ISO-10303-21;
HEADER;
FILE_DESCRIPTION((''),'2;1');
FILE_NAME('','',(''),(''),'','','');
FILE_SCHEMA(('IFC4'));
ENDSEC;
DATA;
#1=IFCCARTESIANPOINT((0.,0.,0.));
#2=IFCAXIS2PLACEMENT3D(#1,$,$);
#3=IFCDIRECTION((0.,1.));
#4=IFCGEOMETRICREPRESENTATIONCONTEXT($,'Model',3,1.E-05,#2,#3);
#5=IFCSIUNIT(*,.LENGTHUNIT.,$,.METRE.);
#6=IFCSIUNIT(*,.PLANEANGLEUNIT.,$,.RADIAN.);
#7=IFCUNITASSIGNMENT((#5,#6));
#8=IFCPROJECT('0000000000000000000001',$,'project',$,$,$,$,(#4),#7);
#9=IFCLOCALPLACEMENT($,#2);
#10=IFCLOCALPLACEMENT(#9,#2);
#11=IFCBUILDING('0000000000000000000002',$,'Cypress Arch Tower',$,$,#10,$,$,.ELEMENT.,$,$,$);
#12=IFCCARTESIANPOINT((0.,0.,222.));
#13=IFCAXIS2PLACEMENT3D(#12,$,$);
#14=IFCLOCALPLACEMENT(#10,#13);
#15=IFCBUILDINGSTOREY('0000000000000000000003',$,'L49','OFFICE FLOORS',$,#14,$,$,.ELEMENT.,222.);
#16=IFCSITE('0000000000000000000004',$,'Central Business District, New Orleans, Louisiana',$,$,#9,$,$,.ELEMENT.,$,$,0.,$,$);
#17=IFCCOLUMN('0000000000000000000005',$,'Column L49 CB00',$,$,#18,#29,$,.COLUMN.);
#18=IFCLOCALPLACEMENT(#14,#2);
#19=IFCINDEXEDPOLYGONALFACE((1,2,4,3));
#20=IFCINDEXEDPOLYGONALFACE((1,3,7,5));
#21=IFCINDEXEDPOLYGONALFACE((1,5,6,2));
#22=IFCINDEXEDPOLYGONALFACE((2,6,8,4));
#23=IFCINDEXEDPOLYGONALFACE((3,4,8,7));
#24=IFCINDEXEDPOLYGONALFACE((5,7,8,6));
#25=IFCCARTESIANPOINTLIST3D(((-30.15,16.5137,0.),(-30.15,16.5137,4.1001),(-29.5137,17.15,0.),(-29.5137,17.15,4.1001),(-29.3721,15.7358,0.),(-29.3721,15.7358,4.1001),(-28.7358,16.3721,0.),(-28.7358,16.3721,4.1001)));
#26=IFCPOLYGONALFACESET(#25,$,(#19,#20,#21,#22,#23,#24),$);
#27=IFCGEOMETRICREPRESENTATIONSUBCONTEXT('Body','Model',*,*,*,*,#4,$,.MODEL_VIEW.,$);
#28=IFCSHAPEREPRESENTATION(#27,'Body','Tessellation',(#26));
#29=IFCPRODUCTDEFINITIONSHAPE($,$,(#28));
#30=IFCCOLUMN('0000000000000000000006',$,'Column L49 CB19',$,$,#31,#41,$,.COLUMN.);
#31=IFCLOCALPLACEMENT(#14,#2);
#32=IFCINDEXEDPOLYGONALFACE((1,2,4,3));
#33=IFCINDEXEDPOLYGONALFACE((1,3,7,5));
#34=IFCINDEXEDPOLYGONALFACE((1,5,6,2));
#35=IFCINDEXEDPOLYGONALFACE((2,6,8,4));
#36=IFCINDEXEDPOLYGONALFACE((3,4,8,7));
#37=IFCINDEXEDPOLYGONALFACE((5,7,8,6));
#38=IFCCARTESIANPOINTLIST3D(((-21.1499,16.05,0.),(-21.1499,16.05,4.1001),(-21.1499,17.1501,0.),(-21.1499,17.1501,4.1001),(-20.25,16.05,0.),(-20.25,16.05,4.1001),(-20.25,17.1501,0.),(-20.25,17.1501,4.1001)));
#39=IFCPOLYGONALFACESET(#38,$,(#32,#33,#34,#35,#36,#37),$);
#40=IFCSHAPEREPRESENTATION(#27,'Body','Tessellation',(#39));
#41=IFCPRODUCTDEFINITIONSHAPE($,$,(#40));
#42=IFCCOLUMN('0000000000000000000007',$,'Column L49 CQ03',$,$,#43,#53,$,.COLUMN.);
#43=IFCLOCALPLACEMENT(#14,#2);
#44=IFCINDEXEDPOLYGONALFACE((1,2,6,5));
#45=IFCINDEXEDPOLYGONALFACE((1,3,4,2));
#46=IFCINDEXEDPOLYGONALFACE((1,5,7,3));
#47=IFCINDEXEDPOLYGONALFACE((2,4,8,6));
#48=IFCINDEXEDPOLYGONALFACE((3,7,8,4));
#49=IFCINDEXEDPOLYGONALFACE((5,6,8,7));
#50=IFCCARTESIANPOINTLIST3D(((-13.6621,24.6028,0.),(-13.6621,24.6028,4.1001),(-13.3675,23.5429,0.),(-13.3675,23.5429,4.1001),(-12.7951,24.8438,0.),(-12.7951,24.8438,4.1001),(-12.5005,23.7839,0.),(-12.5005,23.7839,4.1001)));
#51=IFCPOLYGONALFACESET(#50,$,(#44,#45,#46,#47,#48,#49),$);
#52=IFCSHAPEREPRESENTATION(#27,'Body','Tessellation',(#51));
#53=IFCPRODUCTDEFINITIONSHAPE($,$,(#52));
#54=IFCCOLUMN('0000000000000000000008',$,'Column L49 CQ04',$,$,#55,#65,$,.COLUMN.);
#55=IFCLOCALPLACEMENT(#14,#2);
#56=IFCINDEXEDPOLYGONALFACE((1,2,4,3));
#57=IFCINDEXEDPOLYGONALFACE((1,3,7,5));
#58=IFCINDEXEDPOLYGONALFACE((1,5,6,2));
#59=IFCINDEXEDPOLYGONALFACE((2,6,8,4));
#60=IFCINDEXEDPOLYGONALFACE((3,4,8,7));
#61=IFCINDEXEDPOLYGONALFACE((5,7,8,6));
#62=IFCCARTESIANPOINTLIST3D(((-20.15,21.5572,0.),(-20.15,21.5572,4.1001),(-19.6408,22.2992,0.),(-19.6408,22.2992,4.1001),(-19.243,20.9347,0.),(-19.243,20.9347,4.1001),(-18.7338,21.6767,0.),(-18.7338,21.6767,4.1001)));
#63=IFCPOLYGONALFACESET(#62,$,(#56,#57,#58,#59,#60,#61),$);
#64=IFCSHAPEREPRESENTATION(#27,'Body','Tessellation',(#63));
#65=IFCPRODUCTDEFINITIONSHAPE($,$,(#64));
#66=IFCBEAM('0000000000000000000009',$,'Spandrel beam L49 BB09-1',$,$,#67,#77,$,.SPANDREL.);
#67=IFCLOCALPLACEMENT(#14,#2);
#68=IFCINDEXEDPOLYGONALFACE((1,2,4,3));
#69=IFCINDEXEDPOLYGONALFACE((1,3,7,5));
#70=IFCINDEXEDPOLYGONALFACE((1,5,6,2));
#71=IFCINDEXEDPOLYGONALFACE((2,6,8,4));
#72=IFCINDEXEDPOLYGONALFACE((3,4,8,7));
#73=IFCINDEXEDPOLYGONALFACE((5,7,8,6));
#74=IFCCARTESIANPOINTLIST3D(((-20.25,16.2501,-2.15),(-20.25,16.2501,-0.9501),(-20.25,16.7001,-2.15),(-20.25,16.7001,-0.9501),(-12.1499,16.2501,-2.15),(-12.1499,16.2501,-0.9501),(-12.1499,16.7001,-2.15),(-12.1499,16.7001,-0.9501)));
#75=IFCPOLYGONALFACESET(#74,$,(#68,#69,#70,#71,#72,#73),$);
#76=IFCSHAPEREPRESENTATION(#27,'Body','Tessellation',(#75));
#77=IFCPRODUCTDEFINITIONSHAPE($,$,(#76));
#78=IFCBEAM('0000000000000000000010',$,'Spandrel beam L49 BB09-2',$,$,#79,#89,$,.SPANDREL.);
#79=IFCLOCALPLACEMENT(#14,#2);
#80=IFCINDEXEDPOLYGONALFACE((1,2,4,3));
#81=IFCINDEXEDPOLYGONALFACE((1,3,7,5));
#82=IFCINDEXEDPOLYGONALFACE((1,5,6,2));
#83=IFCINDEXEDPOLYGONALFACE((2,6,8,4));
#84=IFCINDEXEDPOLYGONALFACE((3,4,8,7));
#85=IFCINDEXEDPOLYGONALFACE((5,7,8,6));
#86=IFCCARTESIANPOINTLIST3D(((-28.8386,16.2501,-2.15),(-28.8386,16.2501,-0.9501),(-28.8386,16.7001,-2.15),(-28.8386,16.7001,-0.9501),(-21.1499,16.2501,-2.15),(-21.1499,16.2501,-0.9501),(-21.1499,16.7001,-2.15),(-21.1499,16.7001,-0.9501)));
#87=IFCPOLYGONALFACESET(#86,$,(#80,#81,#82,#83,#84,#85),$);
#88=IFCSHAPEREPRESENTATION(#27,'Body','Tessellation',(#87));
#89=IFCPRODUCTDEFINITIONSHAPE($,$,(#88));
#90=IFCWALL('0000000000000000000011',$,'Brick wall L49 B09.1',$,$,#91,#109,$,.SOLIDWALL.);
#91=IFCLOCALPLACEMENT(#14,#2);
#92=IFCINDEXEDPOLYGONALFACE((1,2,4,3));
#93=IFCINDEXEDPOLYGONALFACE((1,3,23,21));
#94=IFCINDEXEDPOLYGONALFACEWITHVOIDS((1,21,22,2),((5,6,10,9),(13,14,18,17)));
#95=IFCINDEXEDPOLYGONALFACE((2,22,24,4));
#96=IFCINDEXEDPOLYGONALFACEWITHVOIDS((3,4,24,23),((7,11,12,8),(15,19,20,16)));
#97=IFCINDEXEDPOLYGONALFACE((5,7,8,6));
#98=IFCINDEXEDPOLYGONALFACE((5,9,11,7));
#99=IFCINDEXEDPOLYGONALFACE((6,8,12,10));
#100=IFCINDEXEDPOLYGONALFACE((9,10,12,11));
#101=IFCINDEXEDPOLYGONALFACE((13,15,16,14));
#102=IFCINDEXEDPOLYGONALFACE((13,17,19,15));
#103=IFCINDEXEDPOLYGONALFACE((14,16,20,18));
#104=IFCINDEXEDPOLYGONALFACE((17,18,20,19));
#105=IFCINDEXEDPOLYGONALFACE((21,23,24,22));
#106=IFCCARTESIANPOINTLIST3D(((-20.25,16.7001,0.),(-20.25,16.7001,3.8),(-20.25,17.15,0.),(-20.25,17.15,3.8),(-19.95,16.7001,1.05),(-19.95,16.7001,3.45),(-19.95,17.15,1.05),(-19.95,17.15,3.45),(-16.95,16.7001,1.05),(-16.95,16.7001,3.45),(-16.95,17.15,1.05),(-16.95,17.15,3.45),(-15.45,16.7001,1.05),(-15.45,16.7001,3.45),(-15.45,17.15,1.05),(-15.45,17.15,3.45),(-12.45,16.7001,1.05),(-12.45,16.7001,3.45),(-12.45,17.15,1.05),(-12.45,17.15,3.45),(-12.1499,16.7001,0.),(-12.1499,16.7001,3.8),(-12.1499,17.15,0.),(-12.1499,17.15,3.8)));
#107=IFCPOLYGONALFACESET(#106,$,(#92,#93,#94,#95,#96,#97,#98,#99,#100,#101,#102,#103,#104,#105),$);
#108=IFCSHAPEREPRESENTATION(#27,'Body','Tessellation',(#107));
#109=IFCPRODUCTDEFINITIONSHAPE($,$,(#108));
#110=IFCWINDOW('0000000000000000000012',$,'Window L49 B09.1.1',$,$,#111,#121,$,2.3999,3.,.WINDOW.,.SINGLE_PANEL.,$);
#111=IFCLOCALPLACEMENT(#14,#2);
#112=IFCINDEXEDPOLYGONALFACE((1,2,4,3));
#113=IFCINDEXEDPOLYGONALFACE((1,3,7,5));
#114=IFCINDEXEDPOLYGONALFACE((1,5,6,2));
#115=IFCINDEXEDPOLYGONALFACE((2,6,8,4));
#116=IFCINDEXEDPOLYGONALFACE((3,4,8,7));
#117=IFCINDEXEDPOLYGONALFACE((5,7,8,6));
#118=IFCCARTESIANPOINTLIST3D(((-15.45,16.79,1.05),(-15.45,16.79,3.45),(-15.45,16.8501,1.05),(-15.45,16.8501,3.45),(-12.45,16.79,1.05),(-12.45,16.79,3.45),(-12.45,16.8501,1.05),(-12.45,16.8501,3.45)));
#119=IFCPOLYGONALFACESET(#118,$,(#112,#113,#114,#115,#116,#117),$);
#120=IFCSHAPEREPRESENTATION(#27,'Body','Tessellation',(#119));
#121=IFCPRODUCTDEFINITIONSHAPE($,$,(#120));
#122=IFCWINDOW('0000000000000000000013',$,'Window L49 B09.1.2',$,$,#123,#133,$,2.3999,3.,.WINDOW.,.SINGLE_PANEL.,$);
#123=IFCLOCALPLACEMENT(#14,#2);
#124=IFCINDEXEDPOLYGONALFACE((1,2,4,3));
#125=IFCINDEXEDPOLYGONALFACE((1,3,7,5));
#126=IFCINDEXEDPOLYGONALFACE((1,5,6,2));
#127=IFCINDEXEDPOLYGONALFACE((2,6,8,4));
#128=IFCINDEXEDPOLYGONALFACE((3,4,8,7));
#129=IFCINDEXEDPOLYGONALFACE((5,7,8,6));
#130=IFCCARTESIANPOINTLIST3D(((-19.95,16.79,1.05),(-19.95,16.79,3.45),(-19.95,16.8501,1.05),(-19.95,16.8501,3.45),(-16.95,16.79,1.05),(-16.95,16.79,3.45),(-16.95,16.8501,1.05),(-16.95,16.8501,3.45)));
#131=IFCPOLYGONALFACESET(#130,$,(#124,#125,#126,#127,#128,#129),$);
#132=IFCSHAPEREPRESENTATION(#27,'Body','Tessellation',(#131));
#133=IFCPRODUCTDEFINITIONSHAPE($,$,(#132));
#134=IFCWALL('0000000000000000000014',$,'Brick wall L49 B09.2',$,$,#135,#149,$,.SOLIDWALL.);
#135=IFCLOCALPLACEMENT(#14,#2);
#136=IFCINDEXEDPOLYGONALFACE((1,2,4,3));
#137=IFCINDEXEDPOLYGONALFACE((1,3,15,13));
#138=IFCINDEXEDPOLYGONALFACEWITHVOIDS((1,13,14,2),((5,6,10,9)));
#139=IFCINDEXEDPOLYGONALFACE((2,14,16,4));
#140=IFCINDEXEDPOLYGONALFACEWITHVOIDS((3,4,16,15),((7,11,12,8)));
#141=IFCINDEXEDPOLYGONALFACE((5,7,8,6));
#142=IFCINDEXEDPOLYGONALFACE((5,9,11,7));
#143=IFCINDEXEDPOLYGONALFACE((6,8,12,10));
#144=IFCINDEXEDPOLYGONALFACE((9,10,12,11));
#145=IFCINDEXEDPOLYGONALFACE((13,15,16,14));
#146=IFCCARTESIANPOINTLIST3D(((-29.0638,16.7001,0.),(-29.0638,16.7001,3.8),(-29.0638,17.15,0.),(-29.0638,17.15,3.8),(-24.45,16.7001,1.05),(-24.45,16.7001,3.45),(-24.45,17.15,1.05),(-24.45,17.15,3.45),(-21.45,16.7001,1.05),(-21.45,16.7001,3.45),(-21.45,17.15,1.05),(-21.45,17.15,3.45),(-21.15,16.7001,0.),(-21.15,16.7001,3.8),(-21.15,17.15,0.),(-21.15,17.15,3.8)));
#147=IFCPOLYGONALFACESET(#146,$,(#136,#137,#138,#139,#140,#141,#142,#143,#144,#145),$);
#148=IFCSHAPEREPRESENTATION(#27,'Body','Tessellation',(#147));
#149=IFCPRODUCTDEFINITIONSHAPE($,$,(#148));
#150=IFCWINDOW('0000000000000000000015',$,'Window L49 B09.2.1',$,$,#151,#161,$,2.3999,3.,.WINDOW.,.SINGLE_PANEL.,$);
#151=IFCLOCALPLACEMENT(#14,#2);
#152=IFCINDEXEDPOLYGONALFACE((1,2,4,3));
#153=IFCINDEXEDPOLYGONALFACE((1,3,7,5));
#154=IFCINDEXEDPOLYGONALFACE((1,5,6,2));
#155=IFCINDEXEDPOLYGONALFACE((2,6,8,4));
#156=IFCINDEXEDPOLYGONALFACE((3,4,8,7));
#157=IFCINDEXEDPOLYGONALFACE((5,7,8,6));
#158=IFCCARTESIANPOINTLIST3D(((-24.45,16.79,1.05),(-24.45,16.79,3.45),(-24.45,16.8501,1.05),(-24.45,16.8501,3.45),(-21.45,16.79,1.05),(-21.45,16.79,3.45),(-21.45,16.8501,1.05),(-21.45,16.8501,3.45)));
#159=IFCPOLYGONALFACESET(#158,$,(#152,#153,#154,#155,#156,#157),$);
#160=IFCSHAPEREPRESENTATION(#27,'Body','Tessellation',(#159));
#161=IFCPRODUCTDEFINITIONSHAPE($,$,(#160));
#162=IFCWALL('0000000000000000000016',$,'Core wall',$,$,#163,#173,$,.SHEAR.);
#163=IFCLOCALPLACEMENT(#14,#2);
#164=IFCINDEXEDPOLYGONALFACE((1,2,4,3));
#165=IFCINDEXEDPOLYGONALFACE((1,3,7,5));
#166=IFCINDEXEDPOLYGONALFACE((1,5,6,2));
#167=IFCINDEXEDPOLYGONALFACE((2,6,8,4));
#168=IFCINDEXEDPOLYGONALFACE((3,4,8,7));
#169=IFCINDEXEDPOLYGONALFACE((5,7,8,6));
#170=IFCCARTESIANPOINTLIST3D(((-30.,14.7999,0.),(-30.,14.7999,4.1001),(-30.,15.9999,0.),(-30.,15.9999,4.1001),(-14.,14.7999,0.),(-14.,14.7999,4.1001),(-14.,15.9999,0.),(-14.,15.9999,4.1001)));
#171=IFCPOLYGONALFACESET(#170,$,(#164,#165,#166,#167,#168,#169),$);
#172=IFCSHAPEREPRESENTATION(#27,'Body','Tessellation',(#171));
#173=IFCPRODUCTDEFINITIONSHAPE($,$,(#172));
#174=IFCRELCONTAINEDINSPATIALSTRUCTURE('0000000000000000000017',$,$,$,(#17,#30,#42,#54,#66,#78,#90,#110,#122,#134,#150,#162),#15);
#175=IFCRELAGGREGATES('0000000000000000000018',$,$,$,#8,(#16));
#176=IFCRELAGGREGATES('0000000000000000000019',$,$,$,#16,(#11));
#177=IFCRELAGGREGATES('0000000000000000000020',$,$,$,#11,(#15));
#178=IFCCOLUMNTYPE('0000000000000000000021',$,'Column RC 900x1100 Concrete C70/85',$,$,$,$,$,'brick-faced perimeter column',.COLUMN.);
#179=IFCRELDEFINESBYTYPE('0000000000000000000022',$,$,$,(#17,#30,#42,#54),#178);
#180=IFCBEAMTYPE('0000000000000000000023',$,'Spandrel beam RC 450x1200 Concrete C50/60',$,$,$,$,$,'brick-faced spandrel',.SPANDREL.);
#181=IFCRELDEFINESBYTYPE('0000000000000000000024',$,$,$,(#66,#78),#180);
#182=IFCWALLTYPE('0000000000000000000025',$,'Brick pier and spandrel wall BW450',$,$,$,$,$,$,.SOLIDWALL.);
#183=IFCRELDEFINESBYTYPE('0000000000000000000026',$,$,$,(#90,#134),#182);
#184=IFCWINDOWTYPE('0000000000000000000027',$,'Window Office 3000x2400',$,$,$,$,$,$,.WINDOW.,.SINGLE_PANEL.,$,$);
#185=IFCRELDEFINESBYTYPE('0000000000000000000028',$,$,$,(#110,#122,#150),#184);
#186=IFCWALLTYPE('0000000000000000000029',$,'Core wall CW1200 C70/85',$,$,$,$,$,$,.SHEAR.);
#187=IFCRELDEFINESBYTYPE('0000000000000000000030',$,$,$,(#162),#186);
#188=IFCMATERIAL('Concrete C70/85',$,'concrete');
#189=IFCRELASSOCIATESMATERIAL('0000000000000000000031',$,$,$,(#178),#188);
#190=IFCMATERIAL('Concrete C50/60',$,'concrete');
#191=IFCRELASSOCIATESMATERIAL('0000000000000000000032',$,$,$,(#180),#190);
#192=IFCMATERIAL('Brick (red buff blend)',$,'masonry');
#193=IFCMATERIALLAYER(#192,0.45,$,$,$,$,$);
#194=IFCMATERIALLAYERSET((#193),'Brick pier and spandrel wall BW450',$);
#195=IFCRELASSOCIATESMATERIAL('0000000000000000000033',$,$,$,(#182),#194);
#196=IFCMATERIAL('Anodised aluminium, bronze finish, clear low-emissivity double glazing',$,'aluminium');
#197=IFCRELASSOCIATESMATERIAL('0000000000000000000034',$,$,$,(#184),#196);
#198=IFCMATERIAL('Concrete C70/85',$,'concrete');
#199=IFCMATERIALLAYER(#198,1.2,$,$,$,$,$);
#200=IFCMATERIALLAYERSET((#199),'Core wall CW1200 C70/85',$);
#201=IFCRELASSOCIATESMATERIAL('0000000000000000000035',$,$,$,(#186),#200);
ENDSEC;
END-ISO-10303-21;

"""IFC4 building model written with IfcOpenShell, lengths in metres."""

from ifc_helpers import new_model, si_unit, direction, frame, frame_2d, origin, origin_2d, place, context, subcontext, project, spatial, rectangle, extrude, material, layer, layer_set, material_profile, profile_set, type_object, element, fill, save


model = new_model("IFC4")

# Units and contexts
model_context = context("Model", 3, precision=1e-05, world=origin(), true_north=direction((0.0, 1.0)))
body_context = subcontext(model_context, "Body", "Model", "MODEL_VIEW")
ifc_project = project(units=[si_unit("LENGTHUNIT", "METRE"), si_unit("PLANEANGLEUNIT", "RADIAN")], contexts=[model_context])

# Site, building, storey
site_placement = place(None, origin())
site = spatial("IfcSite", under=ifc_project, at=site_placement, Name="Central Business District, New Orleans, Louisiana", CompositionType="ELEMENT", RefElevation=0.0)
building_placement = place(site_placement, origin())
building = spatial("IfcBuilding", under=site, at=building_placement, Name="Cypress Arch Tower", CompositionType="ELEMENT")
storey_placement = place(building_placement, frame((0.0, 0.0, 222.0)))
storey = spatial("IfcBuildingStorey", under=building, at=storey_placement, Name="L49", Description="OFFICE FLOORS", CompositionType="ELEMENT", Elevation=222.0)

# Columns
ifc_material_1 = material(Name="Concrete C70/85", Category="concrete")
ifc_material_profile_1 = material_profile(ifc_material_1, rectangle(XDim=0.8999, YDim=1.1001, at=origin_2d()), Name="RC 900x1100")
ifc_profile_set_1 = profile_set([ifc_material_profile_1], Name="Concrete C70/85")
column_type = type_object("IfcColumnType", Name="Column RC 900x1100 Concrete C70/85", ElementType="brick-faced perimeter column", PredefinedType="COLUMN", material=ifc_profile_set_1)
for number, where, z_axis, x_axis, name in (
    (1, (-29.4429, 16.4429, 0.0), (0.0, 0.0, 1.0), (-0.707107, -0.707107, 0.0), "Column L49 CB00"),
    (2, (-20.7, 16.6001, 0.0), (0.0, 0.0, 1.0), (-1.0, 0.0, 0.0), "Column L49 CB19"),
    (3, (-13.0813, 24.1934, 0.0), (0.0, 0.0, 1.0), (-0.963456, -0.267868, 0.0), "Column L49 CQ03"),
    (4, (-19.4419, 21.6169, 0.0), (0.0, 0.0, 1.0), (-0.565893, -0.824479, 0.0), "Column L49 CQ04"),
):
    element("IfcColumn", number, at=place(storey_placement, frame(where, z_axis=z_axis, x_axis=x_axis)), inside=storey, type_object=column_type, Name=name, PredefinedType="COLUMN", context=body_context, shape_type="SweptSolid", body=[
        extrude(rectangle(XDim=0.8999, YDim=1.1001, at=origin_2d()), origin(), (0.0, 0.0, 1.0), 4.1001),
    ])

# Beams
ifc_material_2 = material(Name="Concrete C50/60", Category="concrete")
ifc_material_profile_2 = material_profile(ifc_material_2, rectangle(XDim=0.45, YDim=1.2, at=origin_2d()), Name="RC 450x1200")
ifc_profile_set_2 = profile_set([ifc_material_profile_2], Name="Concrete C50/60")
beam_type = type_object("IfcBeamType", Name="Spandrel beam RC 450x1200 Concrete C50/60", ElementType="brick-faced spandrel", PredefinedType="SPANDREL", material=ifc_profile_set_2)
beam_1_placement = place(storey_placement, frame((-12.1499, 16.4751, -1.55), z_axis=(-1.0, 0.0, 0.0), x_axis=(0.0, -1.0, 0.0)))
element("IfcBeam", 5, at=beam_1_placement, inside=storey, type_object=beam_type, Name="Spandrel beam L49 BB09-1", PredefinedType="SPANDREL", context=body_context, shape_type="SweptSolid", body=[
    extrude(rectangle(XDim=0.45, YDim=1.2, at=origin_2d()), origin(), (0.0, 0.0, 1.0), 8.1001),
])
beam_2_placement = place(storey_placement, frame((-21.1499, 16.4751, -1.55), z_axis=(-1.0, 0.0, 0.0), x_axis=(0.0, -1.0, 0.0)))
element("IfcBeam", 6, at=beam_2_placement, inside=storey, type_object=beam_type, Name="Spandrel beam L49 BB09-2", PredefinedType="SPANDREL", context=body_context, shape_type="SweptSolid", body=[
    extrude(rectangle(XDim=0.45, YDim=1.2, at=origin_2d()), origin(), (0.0, 0.0, 1.0), 7.6887),
])

# Wall, openings, windows
ifc_material_3 = material(Name="Brick (red buff blend)", Category="masonry")
ifc_layer_1 = layer(ifc_material_3, 0.45)
ifc_layer_set_1 = layer_set([ifc_layer_1], Name="Brick pier and spandrel wall BW450")
wall_type_1 = type_object("IfcWallType", Name="Brick pier and spandrel wall BW450", PredefinedType="SOLIDWALL", material=ifc_layer_set_1)
wall_1_placement = place(storey_placement, frame((-12.1499, 16.925, 0.0), z_axis=(0.0, 0.0, 1.0), x_axis=(-1.0, 0.0, 0.0)))
wall_1 = element("IfcWall", 7, at=wall_1_placement, inside=storey, type_object=wall_type_1, Name="Brick wall L49 B09.1", PredefinedType="SOLIDWALL", context=body_context, shape_type="SweptSolid", body=[
    extrude(rectangle(XDim=8.1001, YDim=0.45, at=frame_2d((4.05, 0.0))), origin(), (0.0, 0.0, 1.0), 3.8),
])
opening_1_placement = place(wall_1_placement, frame((0.3, 0.0, 1.05)))
opening_1 = element("IfcOpeningElement", 8, at=opening_1_placement, cuts=wall_1, PredefinedType="OPENING", context=body_context, shape_type="SweptSolid", body=[
    extrude(rectangle(XDim=3.0, YDim=2.3999, at=frame_2d((1.5, 1.2))), frame((0.0, 0.2349, 0.0), z_axis=(0.0, -1.0, 0.0), x_axis=(1.0, 0.0, 0.0)), (0.0, 0.0, 1.0), 0.47),
])
opening_2_placement = place(wall_1_placement, frame((4.8, 0.0, 1.05)))
opening_2 = element("IfcOpeningElement", 9, at=opening_2_placement, cuts=wall_1, PredefinedType="OPENING", context=body_context, shape_type="SweptSolid", body=[
    extrude(rectangle(XDim=3.0, YDim=2.3999, at=frame_2d((1.5, 1.2))), frame((0.0, 0.2349, 0.0), z_axis=(0.0, -1.0, 0.0), x_axis=(1.0, 0.0, 0.0)), (0.0, 0.0, 1.0), 0.47),
])
ifc_material_4 = material(Name="Anodised aluminium, bronze finish, clear low-emissivity double glazing", Category="aluminium")
window_type = type_object("IfcWindowType", Name="Window Office 3000x2400", PartitioningType="SINGLE_PANEL", PredefinedType="WINDOW", material=ifc_material_4)
window_1_placement = place(opening_1_placement, origin())
window_1 = element("IfcWindow", 10, at=window_1_placement, inside=storey, type_object=window_type, Name="Window L49 B09.1.1", OverallHeight=2.3999, OverallWidth=3.0, PartitioningType="SINGLE_PANEL", PredefinedType="WINDOW", context=body_context, shape_type="SweptSolid", body=[
    extrude(rectangle(XDim=3.0, YDim=2.3999, at=frame_2d((1.5, 1.2))), frame((0.0, 0.135, 0.0), z_axis=(0.0, -1.0, 0.0), x_axis=(1.0, 0.0, 0.0)), (0.0, 0.0, 1.0), 0.0601),
])
fill(opening_1, window_1)
window_2_placement = place(opening_2_placement, origin())
window_2 = element("IfcWindow", 11, at=window_2_placement, inside=storey, type_object=window_type, Name="Window L49 B09.1.2", OverallHeight=2.3999, OverallWidth=3.0, PartitioningType="SINGLE_PANEL", PredefinedType="WINDOW", context=body_context, shape_type="SweptSolid", body=[
    extrude(rectangle(XDim=3.0, YDim=2.3999, at=frame_2d((1.5, 1.2))), frame((0.0, 0.135, 0.0), z_axis=(0.0, -1.0, 0.0), x_axis=(1.0, 0.0, 0.0)), (0.0, 0.0, 1.0), 0.0601),
])
fill(opening_2, window_2)

# Wall, opening, window
wall_2_placement = place(storey_placement, frame((-21.1499, 16.925, 0.0), z_axis=(0.0, 0.0, 1.0), x_axis=(-1.0, 0.0, 0.0)))
wall_2 = element("IfcWall", 12, at=wall_2_placement, inside=storey, type_object=wall_type_1, Name="Brick wall L49 B09.2", PredefinedType="SOLIDWALL", context=body_context, shape_type="SweptSolid", body=[
    extrude(rectangle(XDim=7.9138, YDim=0.45, at=frame_2d((3.957, 0.0))), origin(), (0.0, 0.0, 1.0), 3.8),
])
opening_3_placement = place(wall_2_placement, frame((0.3, 0.0, 1.05)))
opening_3 = element("IfcOpeningElement", 13, at=opening_3_placement, cuts=wall_2, PredefinedType="OPENING", context=body_context, shape_type="SweptSolid", body=[
    extrude(rectangle(XDim=3.0, YDim=2.3999, at=frame_2d((1.5, 1.2))), frame((0.0, 0.2349, 0.0), z_axis=(0.0, -1.0, 0.0), x_axis=(1.0, 0.0, 0.0)), (0.0, 0.0, 1.0), 0.47),
])
window_3_placement = place(opening_3_placement, origin())
window_3 = element("IfcWindow", 14, at=window_3_placement, inside=storey, type_object=window_type, Name="Window L49 B09.2.1", OverallHeight=2.3999, OverallWidth=3.0, PartitioningType="SINGLE_PANEL", PredefinedType="WINDOW", context=body_context, shape_type="SweptSolid", body=[
    extrude(rectangle(XDim=3.0, YDim=2.3999, at=frame_2d((1.5, 1.2))), frame((0.0, 0.135, 0.0), z_axis=(0.0, -1.0, 0.0), x_axis=(1.0, 0.0, 0.0)), (0.0, 0.0, 1.0), 0.0601),
])
fill(opening_3, window_3)

# Wall
ifc_material_5 = material(Name="Concrete C70/85", Category="concrete")
ifc_layer_2 = layer(ifc_material_5, 1.2)
ifc_layer_set_2 = layer_set([ifc_layer_2], Name="Core wall CW1200 C70/85")
wall_type_2 = type_object("IfcWallType", Name="Core wall CW1200 C70/85", PredefinedType="SHEAR", material=ifc_layer_set_2)
wall_3_placement = place(storey_placement, frame((-30.0, 15.3999, 0.0), z_axis=(0.0, 0.0, 1.0), x_axis=(1.0, 0.0, 0.0)))
element("IfcWall", 15, at=wall_3_placement, inside=storey, type_object=wall_type_2, Name="Core wall", PredefinedType="SHEAR", context=body_context, shape_type="SweptSolid", body=[
    extrude(rectangle(XDim=16.0, YDim=1.2, at=frame_2d((8.0, 0.0))), origin(), (0.0, 0.0, 1.0), 4.1001),
])

save(model, "model.ifc")
